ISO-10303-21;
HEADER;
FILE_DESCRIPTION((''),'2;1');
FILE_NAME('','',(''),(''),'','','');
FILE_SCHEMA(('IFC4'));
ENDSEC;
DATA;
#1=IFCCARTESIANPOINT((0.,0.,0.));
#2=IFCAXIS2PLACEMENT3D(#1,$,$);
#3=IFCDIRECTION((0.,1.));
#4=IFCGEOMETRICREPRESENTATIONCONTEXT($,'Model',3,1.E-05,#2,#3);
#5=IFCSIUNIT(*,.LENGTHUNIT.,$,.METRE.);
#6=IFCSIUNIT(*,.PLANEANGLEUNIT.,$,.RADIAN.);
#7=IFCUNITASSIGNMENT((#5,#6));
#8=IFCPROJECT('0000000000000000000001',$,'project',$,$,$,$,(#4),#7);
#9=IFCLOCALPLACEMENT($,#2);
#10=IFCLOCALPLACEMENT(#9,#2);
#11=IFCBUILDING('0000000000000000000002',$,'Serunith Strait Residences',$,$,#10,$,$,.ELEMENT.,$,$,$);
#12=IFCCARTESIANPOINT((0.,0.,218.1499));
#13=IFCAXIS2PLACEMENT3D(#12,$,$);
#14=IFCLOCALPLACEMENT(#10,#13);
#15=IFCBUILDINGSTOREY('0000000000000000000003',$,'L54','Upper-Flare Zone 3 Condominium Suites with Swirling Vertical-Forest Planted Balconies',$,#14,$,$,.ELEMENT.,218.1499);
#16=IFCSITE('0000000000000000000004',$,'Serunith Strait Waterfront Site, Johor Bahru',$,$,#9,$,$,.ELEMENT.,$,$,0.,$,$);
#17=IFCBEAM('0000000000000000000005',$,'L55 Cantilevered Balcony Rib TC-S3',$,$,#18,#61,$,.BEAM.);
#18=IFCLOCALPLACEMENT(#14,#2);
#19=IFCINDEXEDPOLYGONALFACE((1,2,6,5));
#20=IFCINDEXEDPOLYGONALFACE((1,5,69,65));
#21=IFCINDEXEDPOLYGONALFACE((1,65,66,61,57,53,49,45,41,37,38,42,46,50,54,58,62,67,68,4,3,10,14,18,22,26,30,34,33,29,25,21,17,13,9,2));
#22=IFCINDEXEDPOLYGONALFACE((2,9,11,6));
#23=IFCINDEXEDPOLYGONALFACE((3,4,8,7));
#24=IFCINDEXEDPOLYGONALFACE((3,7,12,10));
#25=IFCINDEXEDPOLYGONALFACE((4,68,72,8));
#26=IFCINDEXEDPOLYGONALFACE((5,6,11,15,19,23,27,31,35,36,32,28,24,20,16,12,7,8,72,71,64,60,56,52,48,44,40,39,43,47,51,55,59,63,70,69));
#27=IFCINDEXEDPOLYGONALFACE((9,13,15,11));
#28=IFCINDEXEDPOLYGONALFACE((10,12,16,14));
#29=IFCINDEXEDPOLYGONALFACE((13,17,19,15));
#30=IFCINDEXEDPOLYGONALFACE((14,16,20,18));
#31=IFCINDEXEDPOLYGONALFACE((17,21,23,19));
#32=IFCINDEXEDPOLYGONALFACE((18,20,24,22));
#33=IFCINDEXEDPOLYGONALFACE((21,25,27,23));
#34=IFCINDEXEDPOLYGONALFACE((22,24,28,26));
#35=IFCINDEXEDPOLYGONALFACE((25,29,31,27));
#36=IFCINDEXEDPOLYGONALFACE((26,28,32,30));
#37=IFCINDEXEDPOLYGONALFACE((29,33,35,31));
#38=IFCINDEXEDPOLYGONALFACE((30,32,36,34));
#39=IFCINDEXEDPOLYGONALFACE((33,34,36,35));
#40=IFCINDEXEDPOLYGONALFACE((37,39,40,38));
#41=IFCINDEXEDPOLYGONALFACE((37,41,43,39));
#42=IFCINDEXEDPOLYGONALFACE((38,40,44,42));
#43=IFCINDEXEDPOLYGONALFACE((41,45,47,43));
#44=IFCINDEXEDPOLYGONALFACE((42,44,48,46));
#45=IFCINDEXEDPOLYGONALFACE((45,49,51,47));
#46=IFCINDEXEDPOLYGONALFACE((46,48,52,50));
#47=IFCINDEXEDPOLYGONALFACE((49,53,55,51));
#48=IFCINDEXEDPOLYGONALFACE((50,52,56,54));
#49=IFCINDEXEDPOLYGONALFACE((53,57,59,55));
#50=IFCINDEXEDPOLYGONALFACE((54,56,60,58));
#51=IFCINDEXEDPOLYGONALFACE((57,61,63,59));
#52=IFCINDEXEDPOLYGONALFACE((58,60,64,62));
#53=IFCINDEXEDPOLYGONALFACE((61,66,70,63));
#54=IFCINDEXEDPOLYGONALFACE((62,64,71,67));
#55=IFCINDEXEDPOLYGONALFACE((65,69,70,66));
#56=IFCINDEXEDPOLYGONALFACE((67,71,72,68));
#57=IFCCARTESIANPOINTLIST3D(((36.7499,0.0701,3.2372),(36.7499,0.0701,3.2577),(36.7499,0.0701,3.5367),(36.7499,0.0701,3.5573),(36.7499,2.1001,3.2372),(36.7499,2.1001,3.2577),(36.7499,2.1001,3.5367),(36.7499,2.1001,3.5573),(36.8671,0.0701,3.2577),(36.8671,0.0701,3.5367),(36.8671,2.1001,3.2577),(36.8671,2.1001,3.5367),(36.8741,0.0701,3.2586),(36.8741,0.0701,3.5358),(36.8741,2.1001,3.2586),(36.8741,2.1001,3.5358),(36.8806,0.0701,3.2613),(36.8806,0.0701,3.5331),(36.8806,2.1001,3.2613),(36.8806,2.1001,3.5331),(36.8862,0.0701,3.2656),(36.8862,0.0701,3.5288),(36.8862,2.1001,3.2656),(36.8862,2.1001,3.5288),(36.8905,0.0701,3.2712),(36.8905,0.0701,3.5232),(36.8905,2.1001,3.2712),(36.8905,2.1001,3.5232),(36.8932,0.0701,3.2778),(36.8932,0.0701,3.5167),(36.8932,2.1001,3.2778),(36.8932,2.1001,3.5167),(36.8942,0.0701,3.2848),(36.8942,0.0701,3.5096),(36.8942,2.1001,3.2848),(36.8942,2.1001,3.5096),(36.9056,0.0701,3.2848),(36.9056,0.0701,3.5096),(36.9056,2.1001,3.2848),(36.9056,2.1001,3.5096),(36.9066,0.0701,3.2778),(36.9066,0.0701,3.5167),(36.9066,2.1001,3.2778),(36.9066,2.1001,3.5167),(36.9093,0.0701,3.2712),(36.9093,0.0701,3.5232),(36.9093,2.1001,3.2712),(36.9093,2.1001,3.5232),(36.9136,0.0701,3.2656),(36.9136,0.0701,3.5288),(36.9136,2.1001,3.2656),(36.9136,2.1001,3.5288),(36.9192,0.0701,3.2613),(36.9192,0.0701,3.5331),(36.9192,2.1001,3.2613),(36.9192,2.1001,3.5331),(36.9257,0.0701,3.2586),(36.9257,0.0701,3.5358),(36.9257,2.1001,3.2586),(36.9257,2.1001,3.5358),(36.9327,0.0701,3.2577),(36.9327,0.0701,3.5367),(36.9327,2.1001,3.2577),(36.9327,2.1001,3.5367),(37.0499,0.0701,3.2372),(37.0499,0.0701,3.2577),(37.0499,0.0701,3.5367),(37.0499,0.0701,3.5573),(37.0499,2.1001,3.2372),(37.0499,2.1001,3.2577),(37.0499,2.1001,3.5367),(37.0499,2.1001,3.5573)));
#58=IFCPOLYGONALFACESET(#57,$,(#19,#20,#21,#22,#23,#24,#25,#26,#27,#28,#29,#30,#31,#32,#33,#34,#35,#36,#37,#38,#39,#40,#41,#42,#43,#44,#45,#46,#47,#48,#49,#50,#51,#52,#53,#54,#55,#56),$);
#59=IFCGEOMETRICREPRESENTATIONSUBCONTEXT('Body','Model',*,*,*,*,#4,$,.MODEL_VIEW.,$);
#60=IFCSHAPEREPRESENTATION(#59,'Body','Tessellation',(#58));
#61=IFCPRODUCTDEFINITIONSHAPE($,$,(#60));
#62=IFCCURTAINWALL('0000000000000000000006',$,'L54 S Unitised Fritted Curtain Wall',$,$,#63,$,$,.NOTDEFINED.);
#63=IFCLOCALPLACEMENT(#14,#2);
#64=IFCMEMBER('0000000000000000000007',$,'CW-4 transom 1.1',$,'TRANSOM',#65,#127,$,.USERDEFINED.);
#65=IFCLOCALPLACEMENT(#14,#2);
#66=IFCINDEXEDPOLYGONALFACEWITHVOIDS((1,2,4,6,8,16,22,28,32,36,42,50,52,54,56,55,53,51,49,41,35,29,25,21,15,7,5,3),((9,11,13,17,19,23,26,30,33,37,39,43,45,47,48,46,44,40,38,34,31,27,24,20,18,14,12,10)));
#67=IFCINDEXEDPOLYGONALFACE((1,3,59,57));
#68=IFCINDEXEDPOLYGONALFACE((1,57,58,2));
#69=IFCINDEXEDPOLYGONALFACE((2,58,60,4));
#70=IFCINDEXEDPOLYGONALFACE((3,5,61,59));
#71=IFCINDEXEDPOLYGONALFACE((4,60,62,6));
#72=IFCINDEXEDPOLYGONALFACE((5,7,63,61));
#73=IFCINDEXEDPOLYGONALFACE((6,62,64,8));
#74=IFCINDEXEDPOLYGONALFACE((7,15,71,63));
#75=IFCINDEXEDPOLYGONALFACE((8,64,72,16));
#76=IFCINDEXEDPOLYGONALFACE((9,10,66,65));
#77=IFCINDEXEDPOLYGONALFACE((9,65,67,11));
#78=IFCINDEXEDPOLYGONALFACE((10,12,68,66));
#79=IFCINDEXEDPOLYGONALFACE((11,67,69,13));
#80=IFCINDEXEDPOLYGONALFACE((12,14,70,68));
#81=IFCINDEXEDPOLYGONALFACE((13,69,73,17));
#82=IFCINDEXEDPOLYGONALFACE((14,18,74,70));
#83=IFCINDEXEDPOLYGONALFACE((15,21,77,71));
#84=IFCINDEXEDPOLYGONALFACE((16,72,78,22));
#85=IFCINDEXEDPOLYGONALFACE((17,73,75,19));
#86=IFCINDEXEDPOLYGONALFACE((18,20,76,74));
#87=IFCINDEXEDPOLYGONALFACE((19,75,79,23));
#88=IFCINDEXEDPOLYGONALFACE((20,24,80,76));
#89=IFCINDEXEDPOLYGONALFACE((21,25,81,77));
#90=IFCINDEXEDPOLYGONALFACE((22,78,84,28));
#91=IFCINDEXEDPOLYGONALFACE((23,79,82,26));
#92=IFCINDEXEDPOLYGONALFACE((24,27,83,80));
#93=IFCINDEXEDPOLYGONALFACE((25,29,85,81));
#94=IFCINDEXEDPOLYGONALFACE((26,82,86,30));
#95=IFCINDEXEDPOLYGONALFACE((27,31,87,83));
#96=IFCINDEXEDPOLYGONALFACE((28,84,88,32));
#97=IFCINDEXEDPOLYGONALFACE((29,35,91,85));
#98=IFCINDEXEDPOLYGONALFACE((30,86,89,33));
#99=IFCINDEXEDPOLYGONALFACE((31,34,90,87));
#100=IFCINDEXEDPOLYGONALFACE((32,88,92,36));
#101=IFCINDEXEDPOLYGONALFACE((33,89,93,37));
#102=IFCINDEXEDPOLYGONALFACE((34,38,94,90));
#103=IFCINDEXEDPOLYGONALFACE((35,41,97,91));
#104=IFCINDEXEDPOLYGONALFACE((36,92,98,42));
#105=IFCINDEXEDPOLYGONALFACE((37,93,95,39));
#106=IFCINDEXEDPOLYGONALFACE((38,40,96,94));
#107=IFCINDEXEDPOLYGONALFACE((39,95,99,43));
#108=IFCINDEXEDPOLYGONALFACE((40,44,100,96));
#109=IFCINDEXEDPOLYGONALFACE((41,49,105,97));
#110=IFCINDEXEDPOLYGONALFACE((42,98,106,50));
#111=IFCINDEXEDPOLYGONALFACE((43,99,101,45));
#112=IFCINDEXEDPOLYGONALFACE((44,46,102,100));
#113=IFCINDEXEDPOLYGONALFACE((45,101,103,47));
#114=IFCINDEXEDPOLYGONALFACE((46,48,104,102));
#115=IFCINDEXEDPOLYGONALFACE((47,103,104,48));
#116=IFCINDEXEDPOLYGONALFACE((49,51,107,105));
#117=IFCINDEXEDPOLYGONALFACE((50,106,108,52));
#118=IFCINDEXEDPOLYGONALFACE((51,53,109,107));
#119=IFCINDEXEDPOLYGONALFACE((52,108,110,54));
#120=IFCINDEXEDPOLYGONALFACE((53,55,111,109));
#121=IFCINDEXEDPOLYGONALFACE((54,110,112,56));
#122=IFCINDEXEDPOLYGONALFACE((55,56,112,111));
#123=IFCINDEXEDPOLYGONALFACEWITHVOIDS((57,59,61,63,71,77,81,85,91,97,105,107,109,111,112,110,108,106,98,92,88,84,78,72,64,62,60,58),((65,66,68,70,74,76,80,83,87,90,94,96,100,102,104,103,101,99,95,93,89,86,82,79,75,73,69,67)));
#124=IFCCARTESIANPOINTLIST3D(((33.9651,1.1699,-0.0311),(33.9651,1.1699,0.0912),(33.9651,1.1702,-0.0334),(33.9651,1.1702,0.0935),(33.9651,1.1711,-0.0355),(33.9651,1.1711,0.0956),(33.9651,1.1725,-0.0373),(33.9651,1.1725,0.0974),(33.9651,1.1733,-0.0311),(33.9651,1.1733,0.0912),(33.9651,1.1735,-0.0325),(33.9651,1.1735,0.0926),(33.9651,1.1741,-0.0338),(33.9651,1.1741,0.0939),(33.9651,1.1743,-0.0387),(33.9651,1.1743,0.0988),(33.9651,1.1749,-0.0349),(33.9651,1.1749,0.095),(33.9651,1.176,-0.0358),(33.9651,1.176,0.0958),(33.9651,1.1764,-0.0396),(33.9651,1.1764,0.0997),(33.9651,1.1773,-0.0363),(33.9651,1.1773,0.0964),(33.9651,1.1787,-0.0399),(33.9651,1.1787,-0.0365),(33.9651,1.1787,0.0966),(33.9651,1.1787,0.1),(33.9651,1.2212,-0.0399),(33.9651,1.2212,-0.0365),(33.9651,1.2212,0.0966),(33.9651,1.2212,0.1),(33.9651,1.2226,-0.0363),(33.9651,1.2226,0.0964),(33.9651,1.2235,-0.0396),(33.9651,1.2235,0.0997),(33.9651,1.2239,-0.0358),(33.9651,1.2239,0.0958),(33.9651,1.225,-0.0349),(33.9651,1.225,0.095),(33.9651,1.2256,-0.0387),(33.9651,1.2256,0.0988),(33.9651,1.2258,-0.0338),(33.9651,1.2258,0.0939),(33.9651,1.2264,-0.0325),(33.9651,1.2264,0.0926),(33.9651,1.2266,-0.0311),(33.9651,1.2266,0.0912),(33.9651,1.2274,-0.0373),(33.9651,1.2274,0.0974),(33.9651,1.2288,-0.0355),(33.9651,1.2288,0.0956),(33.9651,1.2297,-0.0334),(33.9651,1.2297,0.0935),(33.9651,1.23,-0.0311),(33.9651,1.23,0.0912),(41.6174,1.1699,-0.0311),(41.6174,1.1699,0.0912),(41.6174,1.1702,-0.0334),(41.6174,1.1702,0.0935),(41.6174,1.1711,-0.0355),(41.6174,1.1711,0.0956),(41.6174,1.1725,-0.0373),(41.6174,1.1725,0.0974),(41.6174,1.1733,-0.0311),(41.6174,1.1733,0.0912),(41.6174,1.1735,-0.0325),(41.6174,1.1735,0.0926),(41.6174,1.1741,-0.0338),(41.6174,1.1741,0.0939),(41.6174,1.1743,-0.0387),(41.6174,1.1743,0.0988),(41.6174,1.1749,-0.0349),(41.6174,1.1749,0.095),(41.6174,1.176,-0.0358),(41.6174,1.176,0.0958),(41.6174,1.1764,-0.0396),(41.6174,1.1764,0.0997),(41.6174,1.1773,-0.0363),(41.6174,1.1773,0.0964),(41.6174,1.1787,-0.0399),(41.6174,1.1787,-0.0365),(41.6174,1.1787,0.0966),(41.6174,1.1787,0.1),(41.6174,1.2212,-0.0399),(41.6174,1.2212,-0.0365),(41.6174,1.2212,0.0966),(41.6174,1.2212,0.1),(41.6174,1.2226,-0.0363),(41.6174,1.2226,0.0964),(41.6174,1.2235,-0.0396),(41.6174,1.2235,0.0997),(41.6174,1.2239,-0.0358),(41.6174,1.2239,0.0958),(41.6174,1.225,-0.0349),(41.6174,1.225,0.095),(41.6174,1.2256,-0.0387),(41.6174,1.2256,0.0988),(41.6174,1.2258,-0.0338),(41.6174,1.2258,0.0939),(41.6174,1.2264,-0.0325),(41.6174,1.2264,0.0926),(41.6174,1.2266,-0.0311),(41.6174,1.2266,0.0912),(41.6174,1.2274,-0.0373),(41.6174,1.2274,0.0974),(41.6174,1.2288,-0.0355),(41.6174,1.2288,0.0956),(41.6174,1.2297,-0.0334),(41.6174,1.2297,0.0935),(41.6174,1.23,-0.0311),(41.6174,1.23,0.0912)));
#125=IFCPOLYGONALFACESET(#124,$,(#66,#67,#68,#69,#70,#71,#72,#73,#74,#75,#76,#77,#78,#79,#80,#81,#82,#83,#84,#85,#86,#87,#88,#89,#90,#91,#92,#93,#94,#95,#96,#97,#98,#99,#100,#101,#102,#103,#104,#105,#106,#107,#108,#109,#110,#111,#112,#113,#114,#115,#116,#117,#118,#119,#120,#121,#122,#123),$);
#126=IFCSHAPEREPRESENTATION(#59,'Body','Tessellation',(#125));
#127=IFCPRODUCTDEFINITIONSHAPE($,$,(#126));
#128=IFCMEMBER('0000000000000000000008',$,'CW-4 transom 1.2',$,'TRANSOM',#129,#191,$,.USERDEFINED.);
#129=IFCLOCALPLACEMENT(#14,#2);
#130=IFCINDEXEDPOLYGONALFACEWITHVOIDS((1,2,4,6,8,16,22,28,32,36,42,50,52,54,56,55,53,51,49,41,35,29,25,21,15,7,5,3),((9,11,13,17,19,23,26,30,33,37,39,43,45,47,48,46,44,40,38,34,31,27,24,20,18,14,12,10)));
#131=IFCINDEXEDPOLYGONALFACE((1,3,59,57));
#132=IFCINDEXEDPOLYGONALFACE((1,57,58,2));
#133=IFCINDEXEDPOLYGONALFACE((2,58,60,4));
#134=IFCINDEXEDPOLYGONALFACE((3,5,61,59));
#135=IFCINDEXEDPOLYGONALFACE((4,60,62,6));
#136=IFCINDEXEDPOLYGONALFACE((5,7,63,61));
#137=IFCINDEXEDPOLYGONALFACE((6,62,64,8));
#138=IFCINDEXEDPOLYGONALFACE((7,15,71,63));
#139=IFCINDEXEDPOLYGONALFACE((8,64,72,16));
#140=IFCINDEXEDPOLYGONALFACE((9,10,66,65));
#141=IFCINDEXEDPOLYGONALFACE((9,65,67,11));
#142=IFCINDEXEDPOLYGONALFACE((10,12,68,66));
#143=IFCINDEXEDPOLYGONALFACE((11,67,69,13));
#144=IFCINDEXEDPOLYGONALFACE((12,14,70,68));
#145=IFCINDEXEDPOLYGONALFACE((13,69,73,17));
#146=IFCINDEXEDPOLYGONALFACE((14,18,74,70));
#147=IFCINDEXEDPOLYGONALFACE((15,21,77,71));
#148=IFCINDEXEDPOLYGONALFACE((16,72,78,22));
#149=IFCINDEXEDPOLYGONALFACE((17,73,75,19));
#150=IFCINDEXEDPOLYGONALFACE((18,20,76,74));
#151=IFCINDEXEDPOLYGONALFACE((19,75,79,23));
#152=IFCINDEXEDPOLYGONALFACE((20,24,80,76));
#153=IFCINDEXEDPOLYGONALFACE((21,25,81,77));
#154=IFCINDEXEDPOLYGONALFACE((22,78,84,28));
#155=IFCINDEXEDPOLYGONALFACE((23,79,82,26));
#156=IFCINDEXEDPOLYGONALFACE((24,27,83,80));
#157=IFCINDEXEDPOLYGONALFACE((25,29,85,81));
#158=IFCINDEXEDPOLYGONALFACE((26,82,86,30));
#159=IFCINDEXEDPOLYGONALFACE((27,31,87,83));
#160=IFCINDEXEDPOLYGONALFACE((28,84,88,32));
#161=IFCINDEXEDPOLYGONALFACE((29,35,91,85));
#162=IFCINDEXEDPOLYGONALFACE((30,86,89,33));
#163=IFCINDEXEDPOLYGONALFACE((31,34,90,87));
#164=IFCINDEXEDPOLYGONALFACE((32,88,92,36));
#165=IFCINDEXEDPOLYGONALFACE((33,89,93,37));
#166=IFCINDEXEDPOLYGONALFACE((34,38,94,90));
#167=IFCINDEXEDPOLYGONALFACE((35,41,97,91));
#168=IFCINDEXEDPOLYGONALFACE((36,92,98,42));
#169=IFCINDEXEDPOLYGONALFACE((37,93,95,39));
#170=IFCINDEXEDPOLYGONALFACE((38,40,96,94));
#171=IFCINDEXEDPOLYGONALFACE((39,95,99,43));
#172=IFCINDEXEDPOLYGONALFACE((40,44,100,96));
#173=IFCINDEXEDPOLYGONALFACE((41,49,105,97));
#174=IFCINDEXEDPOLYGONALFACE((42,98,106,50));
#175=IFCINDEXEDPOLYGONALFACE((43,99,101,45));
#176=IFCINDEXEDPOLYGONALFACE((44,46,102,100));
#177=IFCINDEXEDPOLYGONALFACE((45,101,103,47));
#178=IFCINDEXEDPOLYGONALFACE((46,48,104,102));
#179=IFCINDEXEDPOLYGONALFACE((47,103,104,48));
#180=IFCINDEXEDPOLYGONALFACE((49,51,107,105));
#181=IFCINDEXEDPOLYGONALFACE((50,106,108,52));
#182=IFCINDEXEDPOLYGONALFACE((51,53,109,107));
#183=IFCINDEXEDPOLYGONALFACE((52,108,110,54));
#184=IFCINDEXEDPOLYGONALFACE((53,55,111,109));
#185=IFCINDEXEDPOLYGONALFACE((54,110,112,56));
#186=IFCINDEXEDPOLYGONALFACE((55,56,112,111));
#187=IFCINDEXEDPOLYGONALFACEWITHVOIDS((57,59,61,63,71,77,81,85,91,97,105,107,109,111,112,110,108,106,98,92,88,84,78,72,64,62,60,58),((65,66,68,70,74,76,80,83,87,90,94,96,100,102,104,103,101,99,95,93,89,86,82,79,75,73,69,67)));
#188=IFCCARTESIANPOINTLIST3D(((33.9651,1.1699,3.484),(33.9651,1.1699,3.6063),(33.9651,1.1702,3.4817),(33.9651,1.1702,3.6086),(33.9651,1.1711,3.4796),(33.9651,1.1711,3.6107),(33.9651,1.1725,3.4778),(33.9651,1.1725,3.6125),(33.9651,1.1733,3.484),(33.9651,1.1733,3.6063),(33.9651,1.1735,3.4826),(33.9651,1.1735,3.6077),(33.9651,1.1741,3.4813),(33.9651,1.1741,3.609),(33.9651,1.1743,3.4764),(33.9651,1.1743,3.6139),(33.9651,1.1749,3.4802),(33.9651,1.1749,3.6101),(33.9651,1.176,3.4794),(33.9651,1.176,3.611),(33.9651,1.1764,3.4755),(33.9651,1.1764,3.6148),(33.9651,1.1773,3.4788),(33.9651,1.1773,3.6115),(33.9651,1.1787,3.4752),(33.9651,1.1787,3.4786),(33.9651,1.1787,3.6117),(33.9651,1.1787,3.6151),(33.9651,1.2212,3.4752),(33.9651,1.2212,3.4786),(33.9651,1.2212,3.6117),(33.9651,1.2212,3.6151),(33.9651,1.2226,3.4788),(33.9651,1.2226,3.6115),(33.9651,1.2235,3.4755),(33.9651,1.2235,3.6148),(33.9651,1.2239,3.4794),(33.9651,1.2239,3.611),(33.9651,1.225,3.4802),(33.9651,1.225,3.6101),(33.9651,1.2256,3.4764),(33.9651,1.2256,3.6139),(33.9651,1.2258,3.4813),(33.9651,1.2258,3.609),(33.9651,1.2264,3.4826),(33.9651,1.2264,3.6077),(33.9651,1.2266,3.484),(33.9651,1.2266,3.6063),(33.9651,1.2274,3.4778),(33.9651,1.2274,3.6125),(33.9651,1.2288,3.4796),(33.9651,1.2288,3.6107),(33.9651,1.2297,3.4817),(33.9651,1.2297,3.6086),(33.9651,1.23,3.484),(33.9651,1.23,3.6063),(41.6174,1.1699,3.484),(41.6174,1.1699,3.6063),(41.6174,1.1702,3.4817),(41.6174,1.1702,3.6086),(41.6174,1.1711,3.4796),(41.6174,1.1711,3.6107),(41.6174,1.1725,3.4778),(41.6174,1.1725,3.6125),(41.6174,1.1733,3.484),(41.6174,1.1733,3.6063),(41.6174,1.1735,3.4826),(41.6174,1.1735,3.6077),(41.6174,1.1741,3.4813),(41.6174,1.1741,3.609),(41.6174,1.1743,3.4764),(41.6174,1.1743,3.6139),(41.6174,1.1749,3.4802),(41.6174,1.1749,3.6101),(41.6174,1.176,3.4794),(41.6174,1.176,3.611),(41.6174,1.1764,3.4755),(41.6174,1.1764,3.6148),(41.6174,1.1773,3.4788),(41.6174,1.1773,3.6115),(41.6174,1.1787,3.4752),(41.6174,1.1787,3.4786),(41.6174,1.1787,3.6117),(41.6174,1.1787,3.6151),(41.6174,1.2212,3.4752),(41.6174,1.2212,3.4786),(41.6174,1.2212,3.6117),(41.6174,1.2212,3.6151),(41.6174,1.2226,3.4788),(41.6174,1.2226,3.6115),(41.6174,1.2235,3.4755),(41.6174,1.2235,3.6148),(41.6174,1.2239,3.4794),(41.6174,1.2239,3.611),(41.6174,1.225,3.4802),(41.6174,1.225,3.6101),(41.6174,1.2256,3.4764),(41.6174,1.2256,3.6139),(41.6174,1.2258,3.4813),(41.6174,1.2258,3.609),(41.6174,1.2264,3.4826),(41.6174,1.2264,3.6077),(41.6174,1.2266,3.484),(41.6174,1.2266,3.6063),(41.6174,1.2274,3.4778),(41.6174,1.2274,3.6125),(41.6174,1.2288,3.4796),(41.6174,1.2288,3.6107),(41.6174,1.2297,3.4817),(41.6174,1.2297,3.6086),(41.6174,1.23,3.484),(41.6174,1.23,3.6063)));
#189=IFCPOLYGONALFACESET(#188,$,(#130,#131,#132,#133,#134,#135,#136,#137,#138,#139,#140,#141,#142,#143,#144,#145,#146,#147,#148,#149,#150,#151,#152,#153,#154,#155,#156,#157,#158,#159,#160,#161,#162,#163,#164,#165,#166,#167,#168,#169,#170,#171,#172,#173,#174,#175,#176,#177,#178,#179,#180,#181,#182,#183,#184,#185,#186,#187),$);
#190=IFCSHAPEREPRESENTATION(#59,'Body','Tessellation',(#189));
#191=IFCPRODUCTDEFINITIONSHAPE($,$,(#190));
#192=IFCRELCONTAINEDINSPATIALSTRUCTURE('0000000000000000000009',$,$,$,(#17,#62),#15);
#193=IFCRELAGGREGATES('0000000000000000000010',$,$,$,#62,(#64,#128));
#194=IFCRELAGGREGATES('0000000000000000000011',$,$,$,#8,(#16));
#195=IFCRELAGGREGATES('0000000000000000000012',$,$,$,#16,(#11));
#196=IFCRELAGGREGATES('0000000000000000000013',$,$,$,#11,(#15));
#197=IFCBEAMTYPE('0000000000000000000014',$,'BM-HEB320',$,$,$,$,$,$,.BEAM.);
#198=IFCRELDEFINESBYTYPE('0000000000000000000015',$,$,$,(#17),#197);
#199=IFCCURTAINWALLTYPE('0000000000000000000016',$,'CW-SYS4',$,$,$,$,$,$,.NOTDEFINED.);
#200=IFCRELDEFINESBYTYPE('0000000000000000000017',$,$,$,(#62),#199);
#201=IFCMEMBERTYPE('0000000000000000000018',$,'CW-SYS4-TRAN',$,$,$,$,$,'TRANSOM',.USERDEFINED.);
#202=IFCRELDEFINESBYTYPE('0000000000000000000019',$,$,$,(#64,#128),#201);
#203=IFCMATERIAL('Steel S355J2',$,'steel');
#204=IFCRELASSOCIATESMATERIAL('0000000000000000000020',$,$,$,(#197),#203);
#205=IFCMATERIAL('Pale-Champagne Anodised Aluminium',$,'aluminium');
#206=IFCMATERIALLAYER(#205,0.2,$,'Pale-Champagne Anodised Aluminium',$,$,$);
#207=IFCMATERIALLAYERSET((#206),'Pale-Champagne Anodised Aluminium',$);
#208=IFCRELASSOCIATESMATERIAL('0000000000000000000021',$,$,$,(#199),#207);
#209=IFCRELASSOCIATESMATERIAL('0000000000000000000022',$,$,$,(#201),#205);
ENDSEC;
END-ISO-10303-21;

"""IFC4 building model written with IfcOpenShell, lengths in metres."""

from ifc_helpers import new_model, si_unit, direction, frame, origin, origin_2d, place, context, subcontext, project, spatial, hollow_rectangle, i_section, extrude, source, transform, mapped, material, layer, layer_set, material_profile, profile_set, type_object, element, aggregate, save


model = new_model("IFC4")

# Units and contexts
model_context = context("Model", 3, precision=1e-05, world=origin(), true_north=direction((0.0, 1.0)))
body_context = subcontext(model_context, "Body", "Model", "MODEL_VIEW")
ifc_project = project(units=[si_unit("LENGTHUNIT", "METRE"), si_unit("PLANEANGLEUNIT", "RADIAN")], contexts=[model_context])

# Site, building, storey
site_placement = place(None, origin())
site = spatial("IfcSite", under=ifc_project, at=site_placement, Name="Serunith Strait Waterfront Site, Johor Bahru", CompositionType="ELEMENT", RefElevation=0.0)
building_placement = place(site_placement, origin())
building = spatial("IfcBuilding", under=site, at=building_placement, Name="Serunith Strait Residences", CompositionType="ELEMENT")
storey_placement = place(building_placement, frame((0.0, 0.0, 218.1499)))
storey = spatial("IfcBuildingStorey", under=building, at=storey_placement, Name="L54", Description="Upper-Flare Zone 3 Condominium Suites with Swirling Vertical-Forest Planted Balconies", CompositionType="ELEMENT", Elevation=218.1499)

# Beam
ifc_material_1 = material(Name="Steel S355J2", Category="steel")
ifc_material_profile_1 = material_profile(ifc_material_1, i_section(OverallWidth=0.3, OverallDepth=0.3201, WebThickness=0.0115, FlangeThickness=0.0205, FilletRadius=0.0271, at=origin_2d()), Name="HEB 320")
ifc_profile_set_1 = profile_set([ifc_material_profile_1], Name="Steel S355J2")
beam_type_1 = type_object("IfcBeamType", Name="BM-HEB320", PredefinedType="BEAM", material=ifc_profile_set_1)
shared_shape_1 = source(origin(), body_context, "Body", "SweptSolid", [
    extrude(i_section(OverallWidth=0.3, OverallDepth=0.3201, WebThickness=0.0115, FlangeThickness=0.0205, FilletRadius=0.0271, at=origin_2d()), origin(), (0.0, 0.0, 1.0), 2.03),
])
beam_1_placement = place(storey_placement, frame((36.8999, 2.1001, 3.3972), z_axis=(0.0, -1.0, 0.0), x_axis=(1.0, 0.0, 0.0)))
element("IfcBeam", 1, at=beam_1_placement, inside=storey, type_object=beam_type_1, Name="L55 Cantilevered Balcony Rib TC-S3", PredefinedType="BEAM", context=body_context, shape_type="MappedRepresentation", body=[
    mapped(shared_shape_1, transform((0.0, 0.0, 0.0), scale=1.0)),
])

# Curtain wall, members
ifc_material_2 = material(Name="Pale-Champagne Anodised Aluminium", Category="aluminium")
ifc_layer_1 = layer(ifc_material_2, 0.2, Name="Pale-Champagne Anodised Aluminium")
ifc_layer_set_1 = layer_set([ifc_layer_1], Name="Pale-Champagne Anodised Aluminium")
curtain_wall_type = type_object("IfcCurtainWallType", Name="CW-SYS4", PredefinedType="NOTDEFINED", material=ifc_layer_set_1)
curtain_wall_1_placement = place(storey_placement, origin())
curtain_wall_1 = element("IfcCurtainWall", 2, at=curtain_wall_1_placement, inside=storey, type_object=curtain_wall_type, Name="L54 S Unitised Fritted Curtain Wall", PredefinedType="NOTDEFINED")
ifc_material_profile_2 = material_profile(ifc_material_2, hollow_rectangle(XDim=0.0601, YDim=0.1399, WallThickness=0.0034, InnerFilletRadius=0.0054, OuterFilletRadius=0.0088, at=origin_2d()), Name="ALU 140x60x3.5")
ifc_profile_set_2 = profile_set([ifc_material_profile_2], Name="Pale-Champagne Anodised Aluminium")
member_type_1 = type_object("IfcMemberType", Name="CW-SYS4-TRAN", ElementType="TRANSOM", PredefinedType="USERDEFINED", material=ifc_profile_set_2)
shared_shape_2 = source(origin(), body_context, "Body", "SweptSolid", [
    extrude(hollow_rectangle(XDim=0.0601, YDim=0.1399, WallThickness=0.0034, InnerFilletRadius=0.0054, OuterFilletRadius=0.0088, at=origin_2d()), origin(), (0.0, 0.0, 1.0), 7.6523),
])
member_1_placement = place(storey_placement, frame((33.9651, 1.2, 0.03), z_axis=(1.0, 0.0, 0.0), x_axis=(0.0, 1.0, 0.0)))
member_1 = element("IfcMember", 3, at=member_1_placement, type_object=member_type_1, Name="CW-4 transom 1.1", ObjectType="TRANSOM", PredefinedType="USERDEFINED", context=body_context, shape_type="MappedRepresentation", body=[
    mapped(shared_shape_2, transform((0.0, 0.0, 0.0), scale=1.0)),
])
member_2_placement = place(storey_placement, frame((33.9651, 1.2, 3.5452), z_axis=(1.0, 0.0, 0.0), x_axis=(0.0, 1.0, 0.0)))
member_2 = element("IfcMember", 4, at=member_2_placement, type_object=member_type_1, Name="CW-4 transom 1.2", ObjectType="TRANSOM", PredefinedType="USERDEFINED", context=body_context, shape_type="MappedRepresentation", body=[
    mapped(shared_shape_2, transform((0.0, 0.0, 0.0), scale=1.0)),
])

aggregate(curtain_wall_1, [member_1, member_2])

save(model, "model.ifc")
